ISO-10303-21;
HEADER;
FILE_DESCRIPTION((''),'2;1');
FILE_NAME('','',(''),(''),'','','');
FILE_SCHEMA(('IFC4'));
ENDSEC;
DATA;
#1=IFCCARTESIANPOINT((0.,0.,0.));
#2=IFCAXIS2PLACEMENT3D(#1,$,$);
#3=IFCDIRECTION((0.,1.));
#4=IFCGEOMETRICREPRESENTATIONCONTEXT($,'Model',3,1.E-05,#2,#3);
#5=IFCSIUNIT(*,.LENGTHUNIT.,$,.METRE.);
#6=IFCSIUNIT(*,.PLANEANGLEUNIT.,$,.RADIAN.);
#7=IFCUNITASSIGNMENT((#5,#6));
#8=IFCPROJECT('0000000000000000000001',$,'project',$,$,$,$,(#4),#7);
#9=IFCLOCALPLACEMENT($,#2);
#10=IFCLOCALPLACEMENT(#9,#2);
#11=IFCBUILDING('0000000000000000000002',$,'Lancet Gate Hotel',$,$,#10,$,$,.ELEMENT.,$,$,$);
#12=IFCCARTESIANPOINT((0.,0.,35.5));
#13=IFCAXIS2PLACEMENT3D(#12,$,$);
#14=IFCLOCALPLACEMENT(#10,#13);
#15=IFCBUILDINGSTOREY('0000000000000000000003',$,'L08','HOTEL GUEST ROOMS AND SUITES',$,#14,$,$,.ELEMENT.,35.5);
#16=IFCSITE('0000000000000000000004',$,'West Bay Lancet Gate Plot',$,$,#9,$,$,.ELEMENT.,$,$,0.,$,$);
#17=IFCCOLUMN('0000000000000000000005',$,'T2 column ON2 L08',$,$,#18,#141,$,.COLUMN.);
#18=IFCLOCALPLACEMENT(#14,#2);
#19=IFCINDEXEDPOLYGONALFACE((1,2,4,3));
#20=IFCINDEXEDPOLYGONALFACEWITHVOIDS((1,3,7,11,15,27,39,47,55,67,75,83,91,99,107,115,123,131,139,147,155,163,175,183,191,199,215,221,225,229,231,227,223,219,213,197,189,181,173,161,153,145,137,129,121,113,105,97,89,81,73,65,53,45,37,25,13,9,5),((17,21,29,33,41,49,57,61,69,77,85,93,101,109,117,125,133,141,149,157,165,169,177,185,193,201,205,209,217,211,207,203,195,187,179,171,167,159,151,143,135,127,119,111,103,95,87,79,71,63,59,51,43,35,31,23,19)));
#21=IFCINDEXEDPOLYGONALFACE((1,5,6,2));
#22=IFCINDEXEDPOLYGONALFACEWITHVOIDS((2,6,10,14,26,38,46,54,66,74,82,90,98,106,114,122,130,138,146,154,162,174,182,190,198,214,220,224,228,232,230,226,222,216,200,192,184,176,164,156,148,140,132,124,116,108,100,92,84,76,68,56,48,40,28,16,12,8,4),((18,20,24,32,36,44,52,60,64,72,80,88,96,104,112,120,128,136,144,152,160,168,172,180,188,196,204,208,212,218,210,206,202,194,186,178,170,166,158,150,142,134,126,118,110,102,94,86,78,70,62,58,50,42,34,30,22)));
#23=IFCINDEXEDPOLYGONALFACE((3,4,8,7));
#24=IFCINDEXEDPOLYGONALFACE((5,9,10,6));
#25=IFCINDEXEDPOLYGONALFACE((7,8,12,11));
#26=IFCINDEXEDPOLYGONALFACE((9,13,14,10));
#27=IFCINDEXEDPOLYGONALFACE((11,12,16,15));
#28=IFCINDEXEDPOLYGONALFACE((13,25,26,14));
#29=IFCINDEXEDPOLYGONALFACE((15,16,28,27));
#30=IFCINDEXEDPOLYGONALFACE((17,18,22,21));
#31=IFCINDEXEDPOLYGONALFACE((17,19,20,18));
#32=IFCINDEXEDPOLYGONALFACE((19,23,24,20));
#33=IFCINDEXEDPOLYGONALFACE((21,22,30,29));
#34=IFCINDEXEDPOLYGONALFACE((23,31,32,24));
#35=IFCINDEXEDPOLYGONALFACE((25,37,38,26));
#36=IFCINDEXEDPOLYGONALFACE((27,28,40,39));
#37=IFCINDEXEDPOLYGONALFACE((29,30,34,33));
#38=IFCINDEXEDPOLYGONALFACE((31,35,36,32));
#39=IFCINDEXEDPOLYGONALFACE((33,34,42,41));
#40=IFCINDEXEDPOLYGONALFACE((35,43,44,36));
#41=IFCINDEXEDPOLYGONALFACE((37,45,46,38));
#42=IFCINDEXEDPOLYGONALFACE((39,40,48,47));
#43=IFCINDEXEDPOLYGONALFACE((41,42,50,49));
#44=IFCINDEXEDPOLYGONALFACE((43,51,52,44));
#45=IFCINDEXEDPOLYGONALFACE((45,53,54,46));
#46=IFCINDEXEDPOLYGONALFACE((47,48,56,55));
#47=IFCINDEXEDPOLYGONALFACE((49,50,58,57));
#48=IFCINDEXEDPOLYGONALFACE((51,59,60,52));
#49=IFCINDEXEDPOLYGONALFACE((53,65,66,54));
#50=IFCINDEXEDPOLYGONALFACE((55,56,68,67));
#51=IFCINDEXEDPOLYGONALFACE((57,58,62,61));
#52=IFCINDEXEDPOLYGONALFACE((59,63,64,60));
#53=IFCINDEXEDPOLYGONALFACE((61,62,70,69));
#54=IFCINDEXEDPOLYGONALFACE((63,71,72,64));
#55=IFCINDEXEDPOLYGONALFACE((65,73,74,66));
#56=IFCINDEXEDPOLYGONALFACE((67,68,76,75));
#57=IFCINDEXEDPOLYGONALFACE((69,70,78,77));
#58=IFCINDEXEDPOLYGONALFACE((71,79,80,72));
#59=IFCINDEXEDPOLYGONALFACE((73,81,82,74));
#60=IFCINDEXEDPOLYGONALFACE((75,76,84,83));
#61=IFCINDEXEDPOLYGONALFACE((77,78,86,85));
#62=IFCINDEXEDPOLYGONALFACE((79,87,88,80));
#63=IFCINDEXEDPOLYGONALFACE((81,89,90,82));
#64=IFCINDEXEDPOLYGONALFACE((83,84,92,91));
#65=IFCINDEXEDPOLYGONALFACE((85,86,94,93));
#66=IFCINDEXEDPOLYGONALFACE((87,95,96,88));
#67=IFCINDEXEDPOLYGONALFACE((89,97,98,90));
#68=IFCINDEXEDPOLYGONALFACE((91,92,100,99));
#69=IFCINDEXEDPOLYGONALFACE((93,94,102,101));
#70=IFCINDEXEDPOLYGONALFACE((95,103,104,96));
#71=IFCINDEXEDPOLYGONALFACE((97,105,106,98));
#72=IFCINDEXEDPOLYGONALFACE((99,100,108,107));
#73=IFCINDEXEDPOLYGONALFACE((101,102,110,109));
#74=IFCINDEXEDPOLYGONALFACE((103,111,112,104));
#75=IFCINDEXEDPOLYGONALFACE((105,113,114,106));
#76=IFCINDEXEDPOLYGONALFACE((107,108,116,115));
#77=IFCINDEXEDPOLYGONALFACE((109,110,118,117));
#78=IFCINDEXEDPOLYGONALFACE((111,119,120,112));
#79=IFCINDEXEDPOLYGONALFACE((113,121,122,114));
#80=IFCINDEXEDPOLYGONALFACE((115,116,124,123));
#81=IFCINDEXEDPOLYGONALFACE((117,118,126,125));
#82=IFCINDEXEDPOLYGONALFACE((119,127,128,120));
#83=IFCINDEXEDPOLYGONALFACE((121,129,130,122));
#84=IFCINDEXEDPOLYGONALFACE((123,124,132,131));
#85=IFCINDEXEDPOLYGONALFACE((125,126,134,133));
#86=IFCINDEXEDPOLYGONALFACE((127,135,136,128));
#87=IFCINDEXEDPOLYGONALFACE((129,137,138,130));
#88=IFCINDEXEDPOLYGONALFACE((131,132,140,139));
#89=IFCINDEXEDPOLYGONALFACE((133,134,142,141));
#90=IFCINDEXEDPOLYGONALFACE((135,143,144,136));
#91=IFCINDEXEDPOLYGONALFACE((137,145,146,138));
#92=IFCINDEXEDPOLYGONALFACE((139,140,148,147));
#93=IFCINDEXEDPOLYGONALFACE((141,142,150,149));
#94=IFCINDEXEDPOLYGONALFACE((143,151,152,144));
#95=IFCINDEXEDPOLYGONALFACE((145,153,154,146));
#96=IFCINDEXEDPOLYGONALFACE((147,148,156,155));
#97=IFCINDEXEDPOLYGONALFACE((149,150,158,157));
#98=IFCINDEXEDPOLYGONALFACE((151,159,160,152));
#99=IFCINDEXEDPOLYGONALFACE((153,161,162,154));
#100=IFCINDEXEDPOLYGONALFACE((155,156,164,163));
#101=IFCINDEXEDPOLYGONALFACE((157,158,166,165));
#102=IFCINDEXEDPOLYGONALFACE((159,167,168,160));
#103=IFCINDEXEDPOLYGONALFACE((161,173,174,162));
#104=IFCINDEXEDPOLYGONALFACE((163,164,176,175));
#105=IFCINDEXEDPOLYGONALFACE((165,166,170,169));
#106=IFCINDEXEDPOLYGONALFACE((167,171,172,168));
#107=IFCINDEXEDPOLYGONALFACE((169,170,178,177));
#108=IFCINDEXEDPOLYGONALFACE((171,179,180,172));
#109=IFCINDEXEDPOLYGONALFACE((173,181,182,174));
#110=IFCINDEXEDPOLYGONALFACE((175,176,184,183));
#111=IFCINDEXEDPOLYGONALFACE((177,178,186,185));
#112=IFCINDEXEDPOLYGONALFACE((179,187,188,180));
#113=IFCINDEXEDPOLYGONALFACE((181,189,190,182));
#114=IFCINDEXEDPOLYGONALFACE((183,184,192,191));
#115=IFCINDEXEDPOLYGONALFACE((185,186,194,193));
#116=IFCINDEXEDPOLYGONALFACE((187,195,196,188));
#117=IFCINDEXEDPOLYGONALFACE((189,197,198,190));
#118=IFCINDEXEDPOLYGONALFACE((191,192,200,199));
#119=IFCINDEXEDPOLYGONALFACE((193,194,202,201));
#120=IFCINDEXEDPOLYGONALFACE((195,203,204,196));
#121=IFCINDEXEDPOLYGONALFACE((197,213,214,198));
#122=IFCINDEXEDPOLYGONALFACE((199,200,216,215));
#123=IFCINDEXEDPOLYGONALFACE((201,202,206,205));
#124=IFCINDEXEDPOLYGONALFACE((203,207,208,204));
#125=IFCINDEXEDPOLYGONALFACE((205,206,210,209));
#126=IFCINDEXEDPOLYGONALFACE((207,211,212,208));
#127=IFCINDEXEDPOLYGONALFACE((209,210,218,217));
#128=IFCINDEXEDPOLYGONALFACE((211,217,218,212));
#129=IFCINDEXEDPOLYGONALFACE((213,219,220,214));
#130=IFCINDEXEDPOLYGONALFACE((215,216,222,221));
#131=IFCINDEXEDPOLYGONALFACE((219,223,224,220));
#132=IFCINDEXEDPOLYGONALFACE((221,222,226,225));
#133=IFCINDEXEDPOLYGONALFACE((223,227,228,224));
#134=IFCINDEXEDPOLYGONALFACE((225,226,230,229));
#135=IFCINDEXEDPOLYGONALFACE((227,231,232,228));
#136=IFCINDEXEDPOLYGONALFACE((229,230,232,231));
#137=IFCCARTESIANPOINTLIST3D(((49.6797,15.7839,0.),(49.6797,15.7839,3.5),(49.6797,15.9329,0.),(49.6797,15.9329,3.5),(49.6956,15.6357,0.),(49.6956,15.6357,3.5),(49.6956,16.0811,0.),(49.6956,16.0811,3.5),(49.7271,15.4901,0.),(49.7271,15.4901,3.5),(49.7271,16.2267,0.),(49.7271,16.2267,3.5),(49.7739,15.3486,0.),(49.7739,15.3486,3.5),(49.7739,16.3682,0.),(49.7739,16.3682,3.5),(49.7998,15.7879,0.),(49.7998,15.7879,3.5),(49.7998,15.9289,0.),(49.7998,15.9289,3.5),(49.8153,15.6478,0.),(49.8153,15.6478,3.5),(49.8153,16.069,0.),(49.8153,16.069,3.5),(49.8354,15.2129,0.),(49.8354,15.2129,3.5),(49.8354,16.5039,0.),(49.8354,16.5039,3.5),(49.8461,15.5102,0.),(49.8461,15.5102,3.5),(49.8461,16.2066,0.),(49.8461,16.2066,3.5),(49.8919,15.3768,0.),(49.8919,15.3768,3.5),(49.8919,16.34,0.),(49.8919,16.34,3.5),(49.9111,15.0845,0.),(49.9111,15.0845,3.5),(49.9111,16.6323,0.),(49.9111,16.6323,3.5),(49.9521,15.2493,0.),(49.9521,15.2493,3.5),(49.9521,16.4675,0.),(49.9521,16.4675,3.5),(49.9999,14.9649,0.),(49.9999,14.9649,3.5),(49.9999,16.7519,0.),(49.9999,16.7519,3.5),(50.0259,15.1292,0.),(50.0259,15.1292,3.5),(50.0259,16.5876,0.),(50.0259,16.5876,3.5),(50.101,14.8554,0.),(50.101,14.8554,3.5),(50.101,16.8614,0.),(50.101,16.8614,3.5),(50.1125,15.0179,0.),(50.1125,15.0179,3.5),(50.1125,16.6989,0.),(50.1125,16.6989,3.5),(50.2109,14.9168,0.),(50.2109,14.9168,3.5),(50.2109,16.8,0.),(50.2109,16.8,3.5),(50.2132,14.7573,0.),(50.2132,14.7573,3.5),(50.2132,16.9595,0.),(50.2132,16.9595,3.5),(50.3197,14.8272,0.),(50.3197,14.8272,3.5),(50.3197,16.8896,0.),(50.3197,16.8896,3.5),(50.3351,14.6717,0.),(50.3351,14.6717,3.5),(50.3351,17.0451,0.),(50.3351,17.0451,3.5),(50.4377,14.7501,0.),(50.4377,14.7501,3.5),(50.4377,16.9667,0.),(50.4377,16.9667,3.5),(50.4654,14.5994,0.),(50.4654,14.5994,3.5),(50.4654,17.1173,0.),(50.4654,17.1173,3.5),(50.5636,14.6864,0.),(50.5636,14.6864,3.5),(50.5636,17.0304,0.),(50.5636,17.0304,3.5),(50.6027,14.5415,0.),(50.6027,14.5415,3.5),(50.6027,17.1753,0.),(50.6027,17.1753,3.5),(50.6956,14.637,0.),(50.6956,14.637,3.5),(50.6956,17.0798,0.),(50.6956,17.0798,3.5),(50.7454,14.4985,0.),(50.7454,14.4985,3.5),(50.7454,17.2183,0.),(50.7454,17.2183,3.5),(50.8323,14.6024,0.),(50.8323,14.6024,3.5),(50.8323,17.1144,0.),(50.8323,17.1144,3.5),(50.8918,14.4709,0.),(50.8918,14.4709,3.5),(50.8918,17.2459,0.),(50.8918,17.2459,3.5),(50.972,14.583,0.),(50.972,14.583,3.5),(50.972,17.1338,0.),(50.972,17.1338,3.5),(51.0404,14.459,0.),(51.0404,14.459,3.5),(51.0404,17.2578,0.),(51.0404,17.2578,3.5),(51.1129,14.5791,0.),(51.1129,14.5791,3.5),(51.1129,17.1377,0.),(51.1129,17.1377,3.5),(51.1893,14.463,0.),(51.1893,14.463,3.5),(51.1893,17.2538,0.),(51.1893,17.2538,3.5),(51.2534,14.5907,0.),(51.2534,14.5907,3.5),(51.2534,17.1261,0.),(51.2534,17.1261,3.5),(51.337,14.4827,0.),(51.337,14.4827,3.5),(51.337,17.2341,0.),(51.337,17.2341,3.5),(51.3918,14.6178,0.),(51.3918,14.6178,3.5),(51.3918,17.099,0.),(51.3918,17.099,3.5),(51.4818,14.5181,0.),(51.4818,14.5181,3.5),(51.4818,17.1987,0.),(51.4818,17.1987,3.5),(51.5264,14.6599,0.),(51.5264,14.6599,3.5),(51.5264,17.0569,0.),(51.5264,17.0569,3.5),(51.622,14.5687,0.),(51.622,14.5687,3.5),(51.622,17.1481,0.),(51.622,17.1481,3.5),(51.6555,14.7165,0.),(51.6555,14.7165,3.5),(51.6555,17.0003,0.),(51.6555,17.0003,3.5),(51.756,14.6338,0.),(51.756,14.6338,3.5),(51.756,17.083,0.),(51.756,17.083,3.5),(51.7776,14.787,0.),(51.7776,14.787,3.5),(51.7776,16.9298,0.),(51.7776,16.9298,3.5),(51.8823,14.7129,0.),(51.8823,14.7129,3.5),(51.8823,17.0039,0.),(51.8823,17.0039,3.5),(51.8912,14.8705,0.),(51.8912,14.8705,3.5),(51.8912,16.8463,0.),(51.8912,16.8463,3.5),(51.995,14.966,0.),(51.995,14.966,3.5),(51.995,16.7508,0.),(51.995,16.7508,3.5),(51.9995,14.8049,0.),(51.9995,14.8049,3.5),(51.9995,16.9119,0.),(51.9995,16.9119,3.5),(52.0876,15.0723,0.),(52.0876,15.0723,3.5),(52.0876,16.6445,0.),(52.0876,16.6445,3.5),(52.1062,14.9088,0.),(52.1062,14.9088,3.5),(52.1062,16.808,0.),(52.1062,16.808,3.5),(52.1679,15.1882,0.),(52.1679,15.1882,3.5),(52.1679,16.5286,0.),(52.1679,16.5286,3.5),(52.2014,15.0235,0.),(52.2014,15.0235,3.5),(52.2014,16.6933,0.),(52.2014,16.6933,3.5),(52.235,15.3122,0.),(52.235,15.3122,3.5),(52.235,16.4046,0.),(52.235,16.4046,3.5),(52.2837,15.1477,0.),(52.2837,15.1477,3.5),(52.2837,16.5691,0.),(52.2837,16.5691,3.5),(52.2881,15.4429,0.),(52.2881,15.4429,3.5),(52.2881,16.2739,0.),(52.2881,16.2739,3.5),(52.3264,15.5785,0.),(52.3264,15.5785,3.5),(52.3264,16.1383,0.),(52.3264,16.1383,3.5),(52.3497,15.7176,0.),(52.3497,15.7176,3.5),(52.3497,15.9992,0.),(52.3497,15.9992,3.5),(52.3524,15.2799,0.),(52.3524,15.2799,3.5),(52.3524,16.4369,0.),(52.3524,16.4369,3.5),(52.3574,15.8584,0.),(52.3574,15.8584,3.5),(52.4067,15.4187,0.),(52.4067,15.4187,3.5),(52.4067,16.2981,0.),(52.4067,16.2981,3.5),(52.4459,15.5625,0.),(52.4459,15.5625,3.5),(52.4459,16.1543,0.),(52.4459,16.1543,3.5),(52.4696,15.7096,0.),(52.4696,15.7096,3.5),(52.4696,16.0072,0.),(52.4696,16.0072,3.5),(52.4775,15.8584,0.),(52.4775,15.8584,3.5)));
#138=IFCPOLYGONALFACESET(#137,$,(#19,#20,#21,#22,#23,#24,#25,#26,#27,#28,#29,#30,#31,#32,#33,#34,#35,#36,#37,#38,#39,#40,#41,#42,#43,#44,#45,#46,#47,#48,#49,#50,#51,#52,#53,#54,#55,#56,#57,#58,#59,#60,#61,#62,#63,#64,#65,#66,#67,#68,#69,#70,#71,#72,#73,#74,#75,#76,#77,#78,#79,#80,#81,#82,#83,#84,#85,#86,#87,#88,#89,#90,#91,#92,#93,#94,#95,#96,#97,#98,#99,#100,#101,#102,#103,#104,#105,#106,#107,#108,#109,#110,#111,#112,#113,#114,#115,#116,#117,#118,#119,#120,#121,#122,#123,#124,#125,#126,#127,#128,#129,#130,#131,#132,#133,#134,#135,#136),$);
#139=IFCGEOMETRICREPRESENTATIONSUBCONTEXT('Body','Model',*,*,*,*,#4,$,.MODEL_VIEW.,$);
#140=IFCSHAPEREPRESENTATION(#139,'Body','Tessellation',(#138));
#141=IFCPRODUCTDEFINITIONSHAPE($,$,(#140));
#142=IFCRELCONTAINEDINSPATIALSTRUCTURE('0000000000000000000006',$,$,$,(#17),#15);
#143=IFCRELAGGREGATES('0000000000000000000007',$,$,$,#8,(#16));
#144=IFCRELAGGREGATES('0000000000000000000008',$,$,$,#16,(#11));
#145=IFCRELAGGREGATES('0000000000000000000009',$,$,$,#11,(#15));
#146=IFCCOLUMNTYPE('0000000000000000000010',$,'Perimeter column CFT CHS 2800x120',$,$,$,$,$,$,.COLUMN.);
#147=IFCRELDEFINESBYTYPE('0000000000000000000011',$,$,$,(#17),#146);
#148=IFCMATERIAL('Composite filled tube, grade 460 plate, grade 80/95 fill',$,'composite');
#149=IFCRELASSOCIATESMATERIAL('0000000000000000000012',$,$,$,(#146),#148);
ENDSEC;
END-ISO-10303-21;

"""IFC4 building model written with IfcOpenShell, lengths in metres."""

from ifc_helpers import new_model, si_unit, direction, frame, origin, origin_2d, place, context, subcontext, project, spatial, hollow_circle, extrude, material, material_profile, profile_set, type_object, element, save


model = new_model("IFC4")

# Units and contexts
model_context = context("Model", 3, precision=1e-05, world=origin(), true_north=direction((0.0, 1.0)))
body_context = subcontext(model_context, "Body", "Model", "MODEL_VIEW")
ifc_project = project(units=[si_unit("LENGTHUNIT", "METRE"), si_unit("PLANEANGLEUNIT", "RADIAN")], contexts=[model_context])

# Site, building, storey
site_placement = place(None, origin())
site = spatial("IfcSite", under=ifc_project, at=site_placement, Name="West Bay Lancet Gate Plot", CompositionType="ELEMENT", RefElevation=0.0)
building_placement = place(site_placement, origin())
building = spatial("IfcBuilding", under=site, at=building_placement, Name="Lancet Gate Hotel", CompositionType="ELEMENT")
storey_placement = place(building_placement, frame((0.0, 0.0, 35.5)))
storey = spatial("IfcBuildingStorey", under=building, at=storey_placement, Name="L08", Description="HOTEL GUEST ROOMS AND SUITES", CompositionType="ELEMENT", Elevation=35.5)

# Column
ifc_material_1 = material(Name="Composite filled tube, grade 460 plate, grade 80/95 fill", Category="composite")
ifc_material_profile_1 = material_profile(ifc_material_1, hollow_circle(Radius=1.3999, WallThickness=0.1201, at=origin_2d()), Name="CHS 2800x120")
ifc_profile_set_1 = profile_set([ifc_material_profile_1], Name="Composite filled tube, grade 460 plate, grade 80/95 fill")
column_type = type_object("IfcColumnType", Name="Perimeter column CFT CHS 2800x120", PredefinedType="COLUMN", material=ifc_profile_set_1)
for number, where, z_axis, x_axis, name in (
    (1, (51.0776, 15.8584, 0.0), (0.0, 0.0, 1.0), (1.0, 0.0, 0.0), "T2 column ON2 L08"),
):
    element("IfcColumn", number, at=place(storey_placement, frame(where, z_axis=z_axis, x_axis=x_axis)), inside=storey, type_object=column_type, Name=name, PredefinedType="COLUMN", context=body_context, shape_type="SweptSolid", body=[
        extrude(hollow_circle(Radius=1.3999, WallThickness=0.1201, at=origin_2d()), origin(), (0.0, 0.0, 1.0), 3.5),
    ])

save(model, "model.ifc")
